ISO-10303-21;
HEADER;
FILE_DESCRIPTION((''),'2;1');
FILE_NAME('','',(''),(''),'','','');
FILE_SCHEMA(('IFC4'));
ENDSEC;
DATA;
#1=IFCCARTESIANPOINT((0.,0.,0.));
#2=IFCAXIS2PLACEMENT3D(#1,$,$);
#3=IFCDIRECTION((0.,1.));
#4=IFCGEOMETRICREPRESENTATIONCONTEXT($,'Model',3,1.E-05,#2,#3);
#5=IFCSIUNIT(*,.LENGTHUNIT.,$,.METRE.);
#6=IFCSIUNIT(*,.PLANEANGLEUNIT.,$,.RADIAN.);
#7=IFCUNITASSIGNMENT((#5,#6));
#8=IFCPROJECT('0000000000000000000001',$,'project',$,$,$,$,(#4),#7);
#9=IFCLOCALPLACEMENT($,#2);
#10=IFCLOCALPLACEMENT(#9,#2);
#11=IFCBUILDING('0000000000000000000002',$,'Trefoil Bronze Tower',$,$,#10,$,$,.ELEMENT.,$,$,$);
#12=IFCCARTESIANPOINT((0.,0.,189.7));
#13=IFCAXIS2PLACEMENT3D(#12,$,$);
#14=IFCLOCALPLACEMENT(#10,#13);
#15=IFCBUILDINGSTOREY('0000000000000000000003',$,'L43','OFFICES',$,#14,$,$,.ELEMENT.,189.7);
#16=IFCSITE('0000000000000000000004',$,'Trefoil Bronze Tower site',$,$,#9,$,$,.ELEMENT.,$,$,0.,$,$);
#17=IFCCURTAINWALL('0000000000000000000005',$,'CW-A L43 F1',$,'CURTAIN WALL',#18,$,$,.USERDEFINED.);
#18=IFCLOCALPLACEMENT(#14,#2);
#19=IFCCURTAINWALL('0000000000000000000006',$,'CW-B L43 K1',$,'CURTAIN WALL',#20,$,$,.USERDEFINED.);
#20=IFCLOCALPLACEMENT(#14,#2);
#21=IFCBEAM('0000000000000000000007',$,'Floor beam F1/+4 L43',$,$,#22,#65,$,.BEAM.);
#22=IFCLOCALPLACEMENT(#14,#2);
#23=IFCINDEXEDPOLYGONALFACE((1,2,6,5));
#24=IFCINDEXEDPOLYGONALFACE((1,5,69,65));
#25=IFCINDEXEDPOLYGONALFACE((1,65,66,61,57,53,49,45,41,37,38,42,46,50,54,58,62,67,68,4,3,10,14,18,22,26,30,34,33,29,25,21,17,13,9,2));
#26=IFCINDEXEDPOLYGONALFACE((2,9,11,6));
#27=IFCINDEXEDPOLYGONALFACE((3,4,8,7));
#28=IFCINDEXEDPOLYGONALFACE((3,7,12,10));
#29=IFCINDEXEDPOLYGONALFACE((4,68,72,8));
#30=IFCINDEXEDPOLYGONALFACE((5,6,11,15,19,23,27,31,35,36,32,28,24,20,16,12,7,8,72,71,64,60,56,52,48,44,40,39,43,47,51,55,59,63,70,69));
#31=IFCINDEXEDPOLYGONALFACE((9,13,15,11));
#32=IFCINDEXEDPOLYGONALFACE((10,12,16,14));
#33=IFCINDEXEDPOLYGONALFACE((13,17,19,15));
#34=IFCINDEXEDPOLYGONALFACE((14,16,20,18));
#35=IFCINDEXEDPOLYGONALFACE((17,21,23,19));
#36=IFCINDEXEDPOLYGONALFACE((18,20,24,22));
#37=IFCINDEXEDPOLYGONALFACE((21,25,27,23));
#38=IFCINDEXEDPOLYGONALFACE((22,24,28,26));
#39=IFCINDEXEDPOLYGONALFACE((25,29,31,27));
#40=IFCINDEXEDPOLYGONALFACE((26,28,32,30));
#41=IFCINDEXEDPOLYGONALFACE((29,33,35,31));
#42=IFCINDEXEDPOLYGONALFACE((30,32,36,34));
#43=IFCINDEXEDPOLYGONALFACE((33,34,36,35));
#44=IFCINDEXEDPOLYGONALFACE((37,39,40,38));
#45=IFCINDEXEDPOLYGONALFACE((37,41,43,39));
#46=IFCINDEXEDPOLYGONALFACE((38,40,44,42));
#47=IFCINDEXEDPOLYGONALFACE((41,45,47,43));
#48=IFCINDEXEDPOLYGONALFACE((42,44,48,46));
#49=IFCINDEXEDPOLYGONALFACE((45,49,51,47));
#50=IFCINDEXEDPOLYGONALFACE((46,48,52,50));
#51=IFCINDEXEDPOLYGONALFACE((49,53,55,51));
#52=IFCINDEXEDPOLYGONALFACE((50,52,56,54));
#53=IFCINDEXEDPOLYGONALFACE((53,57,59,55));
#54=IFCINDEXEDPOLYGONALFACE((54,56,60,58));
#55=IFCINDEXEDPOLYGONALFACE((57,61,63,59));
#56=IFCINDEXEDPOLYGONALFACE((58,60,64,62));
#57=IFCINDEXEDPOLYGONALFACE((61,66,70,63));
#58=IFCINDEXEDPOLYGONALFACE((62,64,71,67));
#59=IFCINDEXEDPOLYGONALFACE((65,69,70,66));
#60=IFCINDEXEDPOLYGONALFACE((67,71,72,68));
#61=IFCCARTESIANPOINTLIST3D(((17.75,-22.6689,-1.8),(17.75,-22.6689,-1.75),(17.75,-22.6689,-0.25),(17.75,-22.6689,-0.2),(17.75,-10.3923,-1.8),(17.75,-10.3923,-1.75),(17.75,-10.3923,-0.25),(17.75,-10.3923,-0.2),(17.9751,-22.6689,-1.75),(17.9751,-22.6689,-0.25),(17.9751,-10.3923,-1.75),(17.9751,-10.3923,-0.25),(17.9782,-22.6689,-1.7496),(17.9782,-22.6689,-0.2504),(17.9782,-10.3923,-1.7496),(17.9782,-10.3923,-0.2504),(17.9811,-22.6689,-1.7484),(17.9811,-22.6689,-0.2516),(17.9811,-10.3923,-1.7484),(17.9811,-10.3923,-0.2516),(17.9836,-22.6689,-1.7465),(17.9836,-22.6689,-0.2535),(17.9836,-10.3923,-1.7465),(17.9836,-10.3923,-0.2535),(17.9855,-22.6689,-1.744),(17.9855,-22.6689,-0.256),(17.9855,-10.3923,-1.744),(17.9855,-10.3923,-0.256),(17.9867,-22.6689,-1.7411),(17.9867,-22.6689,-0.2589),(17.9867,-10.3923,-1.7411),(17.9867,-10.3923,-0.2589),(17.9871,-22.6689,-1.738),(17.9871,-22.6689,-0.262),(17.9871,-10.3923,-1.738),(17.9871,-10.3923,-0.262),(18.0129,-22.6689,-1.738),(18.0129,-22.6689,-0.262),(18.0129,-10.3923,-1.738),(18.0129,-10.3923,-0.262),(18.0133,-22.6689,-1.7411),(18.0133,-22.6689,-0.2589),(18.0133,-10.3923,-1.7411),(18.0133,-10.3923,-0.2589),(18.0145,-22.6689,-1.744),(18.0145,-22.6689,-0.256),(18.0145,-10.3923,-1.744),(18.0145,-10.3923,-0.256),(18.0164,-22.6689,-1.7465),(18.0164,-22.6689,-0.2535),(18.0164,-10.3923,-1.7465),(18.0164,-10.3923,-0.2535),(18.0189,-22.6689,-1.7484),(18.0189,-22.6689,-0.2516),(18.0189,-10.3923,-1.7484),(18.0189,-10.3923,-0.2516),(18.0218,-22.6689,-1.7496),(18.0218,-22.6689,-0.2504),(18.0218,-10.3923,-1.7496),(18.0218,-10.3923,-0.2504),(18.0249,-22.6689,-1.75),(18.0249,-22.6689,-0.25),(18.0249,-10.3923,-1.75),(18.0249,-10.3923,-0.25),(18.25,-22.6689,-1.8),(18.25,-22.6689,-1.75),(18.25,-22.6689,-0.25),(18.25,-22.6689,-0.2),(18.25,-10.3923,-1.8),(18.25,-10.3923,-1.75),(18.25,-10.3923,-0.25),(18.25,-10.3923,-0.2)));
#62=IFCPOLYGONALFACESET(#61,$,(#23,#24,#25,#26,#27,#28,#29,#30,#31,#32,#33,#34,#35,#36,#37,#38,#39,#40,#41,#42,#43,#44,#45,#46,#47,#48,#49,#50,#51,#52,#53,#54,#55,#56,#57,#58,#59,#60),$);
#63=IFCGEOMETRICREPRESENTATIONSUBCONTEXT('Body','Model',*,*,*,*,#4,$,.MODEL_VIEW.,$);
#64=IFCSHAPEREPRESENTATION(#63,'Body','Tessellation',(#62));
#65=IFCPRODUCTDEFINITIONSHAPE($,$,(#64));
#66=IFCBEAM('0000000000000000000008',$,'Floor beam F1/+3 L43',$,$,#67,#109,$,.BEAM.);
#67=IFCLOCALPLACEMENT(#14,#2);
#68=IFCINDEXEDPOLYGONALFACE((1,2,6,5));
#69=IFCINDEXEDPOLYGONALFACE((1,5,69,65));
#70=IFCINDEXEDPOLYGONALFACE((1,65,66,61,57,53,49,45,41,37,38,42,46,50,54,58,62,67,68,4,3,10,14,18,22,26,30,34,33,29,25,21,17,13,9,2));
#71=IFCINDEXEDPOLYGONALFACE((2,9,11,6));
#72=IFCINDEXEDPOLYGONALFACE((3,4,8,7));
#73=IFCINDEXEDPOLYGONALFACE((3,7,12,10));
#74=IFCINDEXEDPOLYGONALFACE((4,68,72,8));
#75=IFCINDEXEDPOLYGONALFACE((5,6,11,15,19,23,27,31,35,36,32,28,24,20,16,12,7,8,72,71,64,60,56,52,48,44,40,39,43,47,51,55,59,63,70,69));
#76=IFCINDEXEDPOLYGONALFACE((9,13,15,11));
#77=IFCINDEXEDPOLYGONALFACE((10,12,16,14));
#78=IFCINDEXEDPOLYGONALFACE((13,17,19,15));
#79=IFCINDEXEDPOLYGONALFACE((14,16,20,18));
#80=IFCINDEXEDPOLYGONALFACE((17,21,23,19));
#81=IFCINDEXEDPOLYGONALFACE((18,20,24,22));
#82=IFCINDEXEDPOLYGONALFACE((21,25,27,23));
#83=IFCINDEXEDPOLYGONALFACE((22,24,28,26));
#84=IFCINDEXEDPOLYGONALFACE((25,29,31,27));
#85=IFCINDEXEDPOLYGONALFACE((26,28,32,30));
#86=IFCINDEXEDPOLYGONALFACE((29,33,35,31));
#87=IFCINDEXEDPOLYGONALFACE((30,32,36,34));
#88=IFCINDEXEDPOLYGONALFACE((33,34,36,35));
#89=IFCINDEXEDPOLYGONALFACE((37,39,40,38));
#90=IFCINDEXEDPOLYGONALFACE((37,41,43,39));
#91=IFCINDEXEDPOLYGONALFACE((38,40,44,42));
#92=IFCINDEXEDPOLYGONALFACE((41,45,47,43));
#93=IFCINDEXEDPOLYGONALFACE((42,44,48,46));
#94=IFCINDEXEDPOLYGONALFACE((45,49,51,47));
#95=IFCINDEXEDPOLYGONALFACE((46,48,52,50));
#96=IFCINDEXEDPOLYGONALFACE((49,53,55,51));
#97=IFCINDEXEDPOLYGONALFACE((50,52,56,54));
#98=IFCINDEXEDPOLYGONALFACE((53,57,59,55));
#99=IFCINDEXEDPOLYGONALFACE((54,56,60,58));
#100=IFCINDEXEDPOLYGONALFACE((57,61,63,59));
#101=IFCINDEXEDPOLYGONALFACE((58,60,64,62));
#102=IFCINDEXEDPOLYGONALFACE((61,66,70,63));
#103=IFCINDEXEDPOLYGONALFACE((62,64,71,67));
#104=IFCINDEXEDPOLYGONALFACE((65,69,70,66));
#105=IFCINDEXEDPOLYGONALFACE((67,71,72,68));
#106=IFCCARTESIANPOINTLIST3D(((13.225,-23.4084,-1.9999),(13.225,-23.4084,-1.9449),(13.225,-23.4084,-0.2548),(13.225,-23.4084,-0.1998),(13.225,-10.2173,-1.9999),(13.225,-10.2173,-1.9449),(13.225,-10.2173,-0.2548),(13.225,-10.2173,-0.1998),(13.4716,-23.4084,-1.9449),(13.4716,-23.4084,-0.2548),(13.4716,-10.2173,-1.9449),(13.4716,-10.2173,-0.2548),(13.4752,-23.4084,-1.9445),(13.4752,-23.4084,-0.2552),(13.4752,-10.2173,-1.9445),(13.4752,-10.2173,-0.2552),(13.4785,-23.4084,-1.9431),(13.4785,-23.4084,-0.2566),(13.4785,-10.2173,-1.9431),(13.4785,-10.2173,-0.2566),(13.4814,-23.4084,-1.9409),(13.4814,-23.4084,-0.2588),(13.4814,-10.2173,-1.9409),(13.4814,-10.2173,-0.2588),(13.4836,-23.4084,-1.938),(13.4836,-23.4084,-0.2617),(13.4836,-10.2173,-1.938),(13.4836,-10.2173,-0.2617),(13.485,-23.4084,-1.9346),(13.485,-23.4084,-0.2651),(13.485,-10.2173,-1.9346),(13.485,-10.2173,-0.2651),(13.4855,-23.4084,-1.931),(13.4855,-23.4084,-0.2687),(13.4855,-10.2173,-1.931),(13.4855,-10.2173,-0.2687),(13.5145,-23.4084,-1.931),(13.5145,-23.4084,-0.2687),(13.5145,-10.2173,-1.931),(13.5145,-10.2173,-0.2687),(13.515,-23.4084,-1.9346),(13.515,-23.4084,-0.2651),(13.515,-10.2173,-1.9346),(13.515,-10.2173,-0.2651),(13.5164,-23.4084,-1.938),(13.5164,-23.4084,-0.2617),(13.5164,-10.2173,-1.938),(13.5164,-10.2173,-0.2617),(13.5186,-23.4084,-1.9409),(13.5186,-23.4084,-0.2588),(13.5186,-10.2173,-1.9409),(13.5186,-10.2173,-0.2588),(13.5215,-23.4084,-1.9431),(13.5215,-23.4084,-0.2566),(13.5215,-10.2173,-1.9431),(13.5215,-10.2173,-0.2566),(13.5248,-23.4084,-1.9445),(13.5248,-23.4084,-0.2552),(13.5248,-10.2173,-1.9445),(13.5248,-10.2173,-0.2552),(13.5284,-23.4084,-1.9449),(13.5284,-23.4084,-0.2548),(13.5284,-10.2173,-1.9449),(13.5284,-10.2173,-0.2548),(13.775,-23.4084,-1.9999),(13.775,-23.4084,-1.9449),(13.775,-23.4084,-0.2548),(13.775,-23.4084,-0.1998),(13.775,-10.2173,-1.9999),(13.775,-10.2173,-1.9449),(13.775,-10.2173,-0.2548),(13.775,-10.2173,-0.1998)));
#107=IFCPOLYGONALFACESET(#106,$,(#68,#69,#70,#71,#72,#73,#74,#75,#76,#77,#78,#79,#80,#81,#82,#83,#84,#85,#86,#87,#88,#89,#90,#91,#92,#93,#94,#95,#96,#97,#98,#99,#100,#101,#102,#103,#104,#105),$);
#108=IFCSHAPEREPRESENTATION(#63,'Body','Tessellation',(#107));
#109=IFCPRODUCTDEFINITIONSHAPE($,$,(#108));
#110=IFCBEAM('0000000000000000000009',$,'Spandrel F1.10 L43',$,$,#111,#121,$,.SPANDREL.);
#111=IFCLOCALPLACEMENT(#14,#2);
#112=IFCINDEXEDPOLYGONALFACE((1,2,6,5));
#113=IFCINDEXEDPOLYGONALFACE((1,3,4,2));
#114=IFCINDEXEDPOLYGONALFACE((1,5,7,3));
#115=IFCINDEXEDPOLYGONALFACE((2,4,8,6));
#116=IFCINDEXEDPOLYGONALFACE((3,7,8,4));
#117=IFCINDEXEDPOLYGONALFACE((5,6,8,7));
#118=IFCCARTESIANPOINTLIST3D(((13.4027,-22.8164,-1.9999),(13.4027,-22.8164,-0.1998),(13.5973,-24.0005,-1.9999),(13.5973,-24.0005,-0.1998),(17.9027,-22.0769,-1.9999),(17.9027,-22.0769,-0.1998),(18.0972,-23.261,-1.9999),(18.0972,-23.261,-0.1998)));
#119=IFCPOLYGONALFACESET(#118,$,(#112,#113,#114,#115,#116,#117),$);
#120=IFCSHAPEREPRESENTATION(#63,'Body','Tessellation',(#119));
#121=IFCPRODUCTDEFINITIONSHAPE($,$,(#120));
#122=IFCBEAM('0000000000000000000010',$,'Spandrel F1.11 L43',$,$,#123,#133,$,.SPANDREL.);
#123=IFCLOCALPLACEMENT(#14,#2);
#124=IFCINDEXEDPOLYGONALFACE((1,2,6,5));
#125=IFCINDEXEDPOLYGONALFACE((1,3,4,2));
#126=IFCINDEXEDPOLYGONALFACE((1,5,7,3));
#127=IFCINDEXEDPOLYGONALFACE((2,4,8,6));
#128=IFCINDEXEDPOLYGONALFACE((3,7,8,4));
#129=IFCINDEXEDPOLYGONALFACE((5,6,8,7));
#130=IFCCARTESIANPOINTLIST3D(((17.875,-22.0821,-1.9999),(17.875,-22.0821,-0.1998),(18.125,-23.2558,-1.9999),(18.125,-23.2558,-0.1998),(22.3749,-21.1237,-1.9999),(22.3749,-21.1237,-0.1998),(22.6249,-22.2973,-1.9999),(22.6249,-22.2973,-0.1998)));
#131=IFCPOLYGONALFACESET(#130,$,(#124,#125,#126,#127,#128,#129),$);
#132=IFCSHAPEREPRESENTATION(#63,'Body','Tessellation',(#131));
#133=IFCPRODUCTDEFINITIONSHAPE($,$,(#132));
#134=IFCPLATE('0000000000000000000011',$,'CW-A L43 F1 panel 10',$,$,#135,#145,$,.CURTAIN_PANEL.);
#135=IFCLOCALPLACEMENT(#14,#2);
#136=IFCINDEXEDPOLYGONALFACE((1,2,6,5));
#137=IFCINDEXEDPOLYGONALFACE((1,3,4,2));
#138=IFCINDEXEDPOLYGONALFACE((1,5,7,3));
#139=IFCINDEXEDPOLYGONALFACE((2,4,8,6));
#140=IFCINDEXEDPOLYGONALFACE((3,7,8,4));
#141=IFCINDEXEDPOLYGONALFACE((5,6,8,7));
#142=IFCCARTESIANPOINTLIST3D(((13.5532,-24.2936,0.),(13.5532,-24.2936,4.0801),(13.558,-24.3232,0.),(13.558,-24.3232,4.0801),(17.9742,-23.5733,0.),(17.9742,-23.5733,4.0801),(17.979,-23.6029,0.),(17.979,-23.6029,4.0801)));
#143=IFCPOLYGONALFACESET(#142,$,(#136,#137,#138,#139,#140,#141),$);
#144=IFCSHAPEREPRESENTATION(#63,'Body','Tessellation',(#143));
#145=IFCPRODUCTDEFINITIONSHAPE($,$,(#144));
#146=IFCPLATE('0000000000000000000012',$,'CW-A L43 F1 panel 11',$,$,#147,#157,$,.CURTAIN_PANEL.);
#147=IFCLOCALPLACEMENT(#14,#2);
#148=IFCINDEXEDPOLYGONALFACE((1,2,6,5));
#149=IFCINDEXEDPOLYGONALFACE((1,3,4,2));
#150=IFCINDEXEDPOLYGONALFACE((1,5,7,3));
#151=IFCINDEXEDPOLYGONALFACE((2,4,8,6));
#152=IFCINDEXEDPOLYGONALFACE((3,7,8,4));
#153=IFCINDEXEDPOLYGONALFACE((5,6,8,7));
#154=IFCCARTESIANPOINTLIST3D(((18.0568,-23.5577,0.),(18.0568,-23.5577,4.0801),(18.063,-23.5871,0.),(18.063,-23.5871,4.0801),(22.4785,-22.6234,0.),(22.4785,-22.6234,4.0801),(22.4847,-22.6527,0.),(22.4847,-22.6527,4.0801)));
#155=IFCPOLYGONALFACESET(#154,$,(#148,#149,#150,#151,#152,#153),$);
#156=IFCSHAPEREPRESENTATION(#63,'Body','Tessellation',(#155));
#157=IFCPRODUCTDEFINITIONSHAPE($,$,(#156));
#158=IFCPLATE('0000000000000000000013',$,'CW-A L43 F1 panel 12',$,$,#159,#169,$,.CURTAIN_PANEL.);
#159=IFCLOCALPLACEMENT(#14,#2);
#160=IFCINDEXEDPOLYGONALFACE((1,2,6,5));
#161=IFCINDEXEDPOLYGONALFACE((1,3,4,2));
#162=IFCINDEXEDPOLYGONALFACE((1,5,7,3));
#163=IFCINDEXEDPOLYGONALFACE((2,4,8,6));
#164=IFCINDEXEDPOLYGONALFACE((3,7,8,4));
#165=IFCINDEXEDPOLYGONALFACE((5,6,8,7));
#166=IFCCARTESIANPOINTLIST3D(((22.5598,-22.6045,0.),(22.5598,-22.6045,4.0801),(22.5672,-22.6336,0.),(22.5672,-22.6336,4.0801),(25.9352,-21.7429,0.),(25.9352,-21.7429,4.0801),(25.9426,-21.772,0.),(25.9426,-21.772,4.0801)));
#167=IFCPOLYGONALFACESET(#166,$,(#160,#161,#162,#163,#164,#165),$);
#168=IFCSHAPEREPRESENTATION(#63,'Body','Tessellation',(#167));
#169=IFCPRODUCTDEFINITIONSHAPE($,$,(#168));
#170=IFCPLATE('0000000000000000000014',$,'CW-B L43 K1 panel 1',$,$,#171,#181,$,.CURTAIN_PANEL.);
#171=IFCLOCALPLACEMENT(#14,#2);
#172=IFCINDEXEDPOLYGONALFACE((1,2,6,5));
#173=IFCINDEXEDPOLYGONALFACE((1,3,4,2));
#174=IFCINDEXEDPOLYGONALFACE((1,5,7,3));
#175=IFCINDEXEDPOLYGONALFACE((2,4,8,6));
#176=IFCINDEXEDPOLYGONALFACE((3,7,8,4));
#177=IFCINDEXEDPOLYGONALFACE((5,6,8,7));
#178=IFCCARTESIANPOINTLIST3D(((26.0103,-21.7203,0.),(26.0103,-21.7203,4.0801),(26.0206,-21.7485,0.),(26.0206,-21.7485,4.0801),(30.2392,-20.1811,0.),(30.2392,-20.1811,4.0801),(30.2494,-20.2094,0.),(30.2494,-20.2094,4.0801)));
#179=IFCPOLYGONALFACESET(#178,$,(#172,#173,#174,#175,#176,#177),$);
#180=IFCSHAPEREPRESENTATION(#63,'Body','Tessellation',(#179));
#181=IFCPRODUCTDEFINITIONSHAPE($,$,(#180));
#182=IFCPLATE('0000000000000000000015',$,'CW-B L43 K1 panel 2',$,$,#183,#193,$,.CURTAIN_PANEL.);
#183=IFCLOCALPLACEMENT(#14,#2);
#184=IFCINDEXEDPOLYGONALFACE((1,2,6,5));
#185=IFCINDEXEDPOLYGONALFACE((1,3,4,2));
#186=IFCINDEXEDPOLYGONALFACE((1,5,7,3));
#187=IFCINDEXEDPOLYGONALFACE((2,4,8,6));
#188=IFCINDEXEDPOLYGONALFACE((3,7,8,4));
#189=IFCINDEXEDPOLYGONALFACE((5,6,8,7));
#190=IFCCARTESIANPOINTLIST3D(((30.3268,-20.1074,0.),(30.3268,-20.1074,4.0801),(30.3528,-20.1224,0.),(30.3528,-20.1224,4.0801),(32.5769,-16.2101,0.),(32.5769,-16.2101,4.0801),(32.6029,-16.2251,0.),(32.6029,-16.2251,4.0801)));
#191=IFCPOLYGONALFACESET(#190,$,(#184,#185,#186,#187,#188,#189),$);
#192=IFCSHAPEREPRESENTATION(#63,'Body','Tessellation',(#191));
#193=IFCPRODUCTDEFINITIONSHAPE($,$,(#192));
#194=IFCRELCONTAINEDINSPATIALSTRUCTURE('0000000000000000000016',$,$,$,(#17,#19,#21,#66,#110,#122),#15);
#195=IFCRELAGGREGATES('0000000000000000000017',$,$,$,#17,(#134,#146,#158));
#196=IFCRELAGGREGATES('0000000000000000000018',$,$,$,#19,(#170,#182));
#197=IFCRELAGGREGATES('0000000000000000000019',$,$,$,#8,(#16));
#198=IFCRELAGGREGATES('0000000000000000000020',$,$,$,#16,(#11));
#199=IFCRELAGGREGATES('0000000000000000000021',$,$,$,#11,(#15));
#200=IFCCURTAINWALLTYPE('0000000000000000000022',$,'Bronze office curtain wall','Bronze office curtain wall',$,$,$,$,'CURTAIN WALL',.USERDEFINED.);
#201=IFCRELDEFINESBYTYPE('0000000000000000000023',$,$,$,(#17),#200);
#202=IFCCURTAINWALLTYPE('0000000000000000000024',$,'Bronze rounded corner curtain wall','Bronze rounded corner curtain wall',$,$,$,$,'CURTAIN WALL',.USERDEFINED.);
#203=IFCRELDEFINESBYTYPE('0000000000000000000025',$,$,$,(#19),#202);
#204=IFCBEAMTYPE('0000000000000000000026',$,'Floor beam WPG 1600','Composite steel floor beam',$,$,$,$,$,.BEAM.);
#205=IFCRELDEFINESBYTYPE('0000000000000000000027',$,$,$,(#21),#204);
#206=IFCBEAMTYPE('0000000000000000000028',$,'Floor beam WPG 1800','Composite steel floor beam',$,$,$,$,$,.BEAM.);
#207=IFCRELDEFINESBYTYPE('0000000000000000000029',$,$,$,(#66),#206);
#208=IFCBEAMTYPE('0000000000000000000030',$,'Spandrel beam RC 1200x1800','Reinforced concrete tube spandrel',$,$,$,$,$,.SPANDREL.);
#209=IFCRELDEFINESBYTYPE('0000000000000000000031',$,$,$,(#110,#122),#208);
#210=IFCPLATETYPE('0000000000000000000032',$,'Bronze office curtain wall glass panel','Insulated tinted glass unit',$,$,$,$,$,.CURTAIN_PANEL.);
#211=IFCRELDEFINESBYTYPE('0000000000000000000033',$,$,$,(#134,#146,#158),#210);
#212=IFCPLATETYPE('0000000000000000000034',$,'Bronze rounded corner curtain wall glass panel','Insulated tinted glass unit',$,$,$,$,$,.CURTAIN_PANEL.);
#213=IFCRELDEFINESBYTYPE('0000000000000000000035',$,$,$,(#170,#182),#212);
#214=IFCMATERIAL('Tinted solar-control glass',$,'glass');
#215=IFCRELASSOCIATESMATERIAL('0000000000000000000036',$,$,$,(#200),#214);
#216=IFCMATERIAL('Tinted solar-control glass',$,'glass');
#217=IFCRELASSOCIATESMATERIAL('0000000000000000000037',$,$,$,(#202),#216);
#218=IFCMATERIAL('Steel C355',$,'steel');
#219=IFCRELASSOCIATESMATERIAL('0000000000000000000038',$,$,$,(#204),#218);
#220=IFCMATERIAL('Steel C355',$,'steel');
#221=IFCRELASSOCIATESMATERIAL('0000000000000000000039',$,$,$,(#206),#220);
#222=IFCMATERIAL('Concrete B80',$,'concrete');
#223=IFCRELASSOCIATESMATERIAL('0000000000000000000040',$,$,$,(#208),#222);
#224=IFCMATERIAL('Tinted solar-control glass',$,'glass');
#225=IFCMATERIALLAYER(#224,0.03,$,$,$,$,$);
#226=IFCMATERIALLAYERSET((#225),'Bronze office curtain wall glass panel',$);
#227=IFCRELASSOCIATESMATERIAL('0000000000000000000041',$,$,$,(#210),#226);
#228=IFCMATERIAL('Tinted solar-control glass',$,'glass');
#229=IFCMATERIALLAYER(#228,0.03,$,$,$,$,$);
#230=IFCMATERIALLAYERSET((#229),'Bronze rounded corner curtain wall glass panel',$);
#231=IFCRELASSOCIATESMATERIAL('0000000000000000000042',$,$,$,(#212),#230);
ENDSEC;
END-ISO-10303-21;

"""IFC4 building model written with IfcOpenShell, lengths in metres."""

from ifc_helpers import new_model, si_unit, direction, frame, origin, origin_2d, place, context, subcontext, project, spatial, rectangle, i_section, extrude, material, layer, layer_set, material_profile, profile_set, type_object, element, aggregate, save


model = new_model("IFC4")

# Units and contexts
model_context = context("Model", 3, precision=1e-05, world=origin(), true_north=direction((0.0, 1.0)))
body_context = subcontext(model_context, "Body", "Model", "MODEL_VIEW")
ifc_project = project(units=[si_unit("LENGTHUNIT", "METRE"), si_unit("PLANEANGLEUNIT", "RADIAN")], contexts=[model_context])

# Site, building, storey
site_placement = place(None, origin())
site = spatial("IfcSite", under=ifc_project, at=site_placement, Name="Trefoil Bronze Tower site", CompositionType="ELEMENT", RefElevation=0.0)
building_placement = place(site_placement, origin())
building = spatial("IfcBuilding", under=site, at=building_placement, Name="Trefoil Bronze Tower", CompositionType="ELEMENT")
storey_placement = place(building_placement, frame((0.0, 0.0, 189.7)))
storey = spatial("IfcBuildingStorey", under=building, at=storey_placement, Name="L43", Description="OFFICES", CompositionType="ELEMENT", Elevation=189.7)

# Curtain walls
ifc_material_1 = material(Name="Tinted solar-control glass", Category="glass")
curtain_wall_type_1 = type_object("IfcCurtainWallType", Name="Bronze office curtain wall", Description="Bronze office curtain wall", ElementType="CURTAIN WALL", PredefinedType="USERDEFINED", material=ifc_material_1)
curtain_wall_1_placement = place(storey_placement, origin())
curtain_wall_1 = element("IfcCurtainWall", 1, at=curtain_wall_1_placement, inside=storey, type_object=curtain_wall_type_1, Name="CW-A L43 F1", ObjectType="CURTAIN WALL", PredefinedType="USERDEFINED")
ifc_material_2 = material(Name="Tinted solar-control glass", Category="glass")
curtain_wall_type_2 = type_object("IfcCurtainWallType", Name="Bronze rounded corner curtain wall", Description="Bronze rounded corner curtain wall", ElementType="CURTAIN WALL", PredefinedType="USERDEFINED", material=ifc_material_2)
curtain_wall_2_placement = place(storey_placement, origin())
curtain_wall_2 = element("IfcCurtainWall", 2, at=curtain_wall_2_placement, inside=storey, type_object=curtain_wall_type_2, Name="CW-B L43 K1", ObjectType="CURTAIN WALL", PredefinedType="USERDEFINED")

# Beams
ifc_material_3 = material(Name="Steel C355", Category="steel")
ifc_material_profile_1 = material_profile(ifc_material_3, i_section(OverallWidth=0.5, OverallDepth=1.6001, WebThickness=0.0259, FlangeThickness=0.05, FilletRadius=0.012, at=origin_2d()), Name="WPG 1600")
ifc_profile_set_1 = profile_set([ifc_material_profile_1], Name="Steel C355")
beam_type_1 = type_object("IfcBeamType", Name="Floor beam WPG 1600", Description="Composite steel floor beam", PredefinedType="BEAM", material=ifc_profile_set_1)
beam_1_placement = place(storey_placement, frame((18.0, -22.6689, -1.0), z_axis=(0.0, 1.0, 0.0), x_axis=(-1.0, 0.0, 0.0)))
element("IfcBeam", 3, at=beam_1_placement, inside=storey, type_object=beam_type_1, Name="Floor beam F1/+4 L43", PredefinedType="BEAM", context=body_context, shape_type="SweptSolid", body=[
    extrude(i_section(OverallWidth=0.5, OverallDepth=1.6001, WebThickness=0.0259, FlangeThickness=0.05, FilletRadius=0.012, at=origin_2d()), origin(), (0.0, 0.0, 1.0), 12.2766),
])
ifc_material_4 = material(Name="Steel C355", Category="steel")
ifc_material_profile_2 = material_profile(ifc_material_4, i_section(OverallWidth=0.55, OverallDepth=1.8, WebThickness=0.0291, FlangeThickness=0.0549, FilletRadius=0.0139, at=origin_2d()), Name="WPG 1800")
ifc_profile_set_2 = profile_set([ifc_material_profile_2], Name="Steel C355")
beam_type_2 = type_object("IfcBeamType", Name="Floor beam WPG 1800", Description="Composite steel floor beam", PredefinedType="BEAM", material=ifc_profile_set_2)
beam_2_placement = place(storey_placement, frame((13.5, -23.4084, -1.0999), z_axis=(0.0, 1.0, 0.0), x_axis=(-1.0, 0.0, 0.0)))
element("IfcBeam", 4, at=beam_2_placement, inside=storey, type_object=beam_type_2, Name="Floor beam F1/+3 L43", PredefinedType="BEAM", context=body_context, shape_type="SweptSolid", body=[
    extrude(i_section(OverallWidth=0.55, OverallDepth=1.8, WebThickness=0.0291, FlangeThickness=0.0549, FilletRadius=0.0139, at=origin_2d()), origin(), (0.0, 0.0, 1.0), 13.1912),
])
ifc_material_5 = material(Name="Concrete B80", Category="concrete")
ifc_material_profile_3 = material_profile(ifc_material_5, rectangle(XDim=1.2, YDim=1.8, at=origin_2d()), Name="RC 1200x1800")
ifc_profile_set_3 = profile_set([ifc_material_profile_3], Name="Concrete B80")
beam_type_3 = type_object("IfcBeamType", Name="Spandrel beam RC 1200x1800", Description="Reinforced concrete tube spandrel", PredefinedType="SPANDREL", material=ifc_profile_set_3)
beam_3_placement = place(storey_placement, frame((13.5, -23.4084, -1.0999), z_axis=(0.986765, 0.162159, 0.0), x_axis=(-0.162159, 0.986765, 0.0)))
element("IfcBeam", 5, at=beam_3_placement, inside=storey, type_object=beam_type_3, Name="Spandrel F1.10 L43", PredefinedType="SPANDREL", context=body_context, shape_type="SweptSolid", body=[
    extrude(rectangle(XDim=1.2, YDim=1.8, at=origin_2d()), origin(), (0.0, 0.0, 1.0), 4.5603),
])
beam_4_placement = place(storey_placement, frame((18.0, -22.6689, -1.0999), z_axis=(0.978059, 0.208326, 0.0), x_axis=(-0.208326, 0.978059, 0.0)))
element("IfcBeam", 6, at=beam_4_placement, inside=storey, type_object=beam_type_3, Name="Spandrel F1.11 L43", PredefinedType="SPANDREL", context=body_context, shape_type="SweptSolid", body=[
    extrude(rectangle(XDim=1.2, YDim=1.8, at=origin_2d()), origin(), (0.0, 0.0, 1.0), 4.6008),
])

# Plates
ifc_material_6 = material(Name="Tinted solar-control glass", Category="glass")
ifc_layer_1 = layer(ifc_material_6, 0.03)
ifc_layer_set_1 = layer_set([ifc_layer_1], Name="Bronze office curtain wall glass panel")
plate_type_1 = type_object("IfcPlateType", Name="Bronze office curtain wall glass panel", Description="Insulated tinted glass unit", PredefinedType="CURTAIN_PANEL", material=ifc_layer_set_1)
plate_1_placement = place(storey_placement, frame((15.7661, -23.9482, 0.0), z_axis=(0.0, 0.0, 1.0), x_axis=(0.986987, 0.160803, 0.0)))
plate_1 = element("IfcPlate", 7, at=plate_1_placement, type_object=plate_type_1, Name="CW-A L43 F1 panel 10", PredefinedType="CURTAIN_PANEL", context=body_context, shape_type="SweptSolid", body=[
    extrude(rectangle(XDim=4.4792, YDim=0.03, at=origin_2d()), origin(), (0.0, 0.0, 1.0), 4.0801),
])
plate_2_placement = place(storey_placement, frame((20.2708, -23.1052, 0.0), z_axis=(0.0, 0.0, 1.0), x_axis=(0.978394, 0.206747, 0.0)))
plate_2 = element("IfcPlate", 8, at=plate_2_placement, type_object=plate_type_1, Name="CW-A L43 F1 panel 11", PredefinedType="CURTAIN_PANEL", context=body_context, shape_type="SweptSolid", body=[
    extrude(rectangle(XDim=4.5193, YDim=0.03, at=origin_2d()), origin(), (0.0, 0.0, 1.0), 4.0801),
])
plate_3_placement = place(storey_placement, frame((24.2512, -22.1882, 0.0), z_axis=(0.0, 0.0, 1.0), x_axis=(0.968934, 0.247319, 0.0)))
plate_3 = element("IfcPlate", 9, at=plate_3_placement, type_object=plate_type_1, Name="CW-A L43 F1 panel 12", PredefinedType="CURTAIN_PANEL", context=body_context, shape_type="SweptSolid", body=[
    extrude(rectangle(XDim=3.4836, YDim=0.03, at=origin_2d()), origin(), (0.0, 0.0, 1.0), 4.0801),
])
aggregate(curtain_wall_1, [plate_1, plate_2, plate_3])
ifc_material_7 = material(Name="Tinted solar-control glass", Category="glass")
ifc_layer_2 = layer(ifc_material_7, 0.03)
ifc_layer_set_2 = layer_set([ifc_layer_2], Name="Bronze rounded corner curtain wall glass panel")
plate_type_2 = type_object("IfcPlateType", Name="Bronze rounded corner curtain wall glass panel", Description="Insulated tinted glass unit", PredefinedType="CURTAIN_PANEL", material=ifc_layer_set_2)
plate_4_placement = place(storey_placement, frame((28.1299, -20.9648, 0.0), z_axis=(0.0, 0.0, 1.0), x_axis=(0.939693, 0.34202, 0.0)))
plate_4 = element("IfcPlate", 10, at=plate_4_placement, type_object=plate_type_2, Name="CW-B L43 K1 panel 1", PredefinedType="CURTAIN_PANEL", context=body_context, shape_type="SweptSolid", body=[
    extrude(rectangle(XDim=4.5002, YDim=0.03, at=origin_2d()), origin(), (0.0, 0.0, 1.0), 4.0801),
])
plate_5_placement = place(storey_placement, frame((31.4648, -18.1663, 0.0), z_axis=(0.0, 0.0, 1.0), x_axis=(0.5, 0.866025, 0.0)))
plate_5 = element("IfcPlate", 11, at=plate_5_placement, type_object=plate_type_2, Name="CW-B L43 K1 panel 2", PredefinedType="CURTAIN_PANEL", context=body_context, shape_type="SweptSolid", body=[
    extrude(rectangle(XDim=4.5002, YDim=0.03, at=origin_2d()), origin(), (0.0, 0.0, 1.0), 4.0801),
])
aggregate(curtain_wall_2, [plate_4, plate_5])

save(model, "model.ifc")
